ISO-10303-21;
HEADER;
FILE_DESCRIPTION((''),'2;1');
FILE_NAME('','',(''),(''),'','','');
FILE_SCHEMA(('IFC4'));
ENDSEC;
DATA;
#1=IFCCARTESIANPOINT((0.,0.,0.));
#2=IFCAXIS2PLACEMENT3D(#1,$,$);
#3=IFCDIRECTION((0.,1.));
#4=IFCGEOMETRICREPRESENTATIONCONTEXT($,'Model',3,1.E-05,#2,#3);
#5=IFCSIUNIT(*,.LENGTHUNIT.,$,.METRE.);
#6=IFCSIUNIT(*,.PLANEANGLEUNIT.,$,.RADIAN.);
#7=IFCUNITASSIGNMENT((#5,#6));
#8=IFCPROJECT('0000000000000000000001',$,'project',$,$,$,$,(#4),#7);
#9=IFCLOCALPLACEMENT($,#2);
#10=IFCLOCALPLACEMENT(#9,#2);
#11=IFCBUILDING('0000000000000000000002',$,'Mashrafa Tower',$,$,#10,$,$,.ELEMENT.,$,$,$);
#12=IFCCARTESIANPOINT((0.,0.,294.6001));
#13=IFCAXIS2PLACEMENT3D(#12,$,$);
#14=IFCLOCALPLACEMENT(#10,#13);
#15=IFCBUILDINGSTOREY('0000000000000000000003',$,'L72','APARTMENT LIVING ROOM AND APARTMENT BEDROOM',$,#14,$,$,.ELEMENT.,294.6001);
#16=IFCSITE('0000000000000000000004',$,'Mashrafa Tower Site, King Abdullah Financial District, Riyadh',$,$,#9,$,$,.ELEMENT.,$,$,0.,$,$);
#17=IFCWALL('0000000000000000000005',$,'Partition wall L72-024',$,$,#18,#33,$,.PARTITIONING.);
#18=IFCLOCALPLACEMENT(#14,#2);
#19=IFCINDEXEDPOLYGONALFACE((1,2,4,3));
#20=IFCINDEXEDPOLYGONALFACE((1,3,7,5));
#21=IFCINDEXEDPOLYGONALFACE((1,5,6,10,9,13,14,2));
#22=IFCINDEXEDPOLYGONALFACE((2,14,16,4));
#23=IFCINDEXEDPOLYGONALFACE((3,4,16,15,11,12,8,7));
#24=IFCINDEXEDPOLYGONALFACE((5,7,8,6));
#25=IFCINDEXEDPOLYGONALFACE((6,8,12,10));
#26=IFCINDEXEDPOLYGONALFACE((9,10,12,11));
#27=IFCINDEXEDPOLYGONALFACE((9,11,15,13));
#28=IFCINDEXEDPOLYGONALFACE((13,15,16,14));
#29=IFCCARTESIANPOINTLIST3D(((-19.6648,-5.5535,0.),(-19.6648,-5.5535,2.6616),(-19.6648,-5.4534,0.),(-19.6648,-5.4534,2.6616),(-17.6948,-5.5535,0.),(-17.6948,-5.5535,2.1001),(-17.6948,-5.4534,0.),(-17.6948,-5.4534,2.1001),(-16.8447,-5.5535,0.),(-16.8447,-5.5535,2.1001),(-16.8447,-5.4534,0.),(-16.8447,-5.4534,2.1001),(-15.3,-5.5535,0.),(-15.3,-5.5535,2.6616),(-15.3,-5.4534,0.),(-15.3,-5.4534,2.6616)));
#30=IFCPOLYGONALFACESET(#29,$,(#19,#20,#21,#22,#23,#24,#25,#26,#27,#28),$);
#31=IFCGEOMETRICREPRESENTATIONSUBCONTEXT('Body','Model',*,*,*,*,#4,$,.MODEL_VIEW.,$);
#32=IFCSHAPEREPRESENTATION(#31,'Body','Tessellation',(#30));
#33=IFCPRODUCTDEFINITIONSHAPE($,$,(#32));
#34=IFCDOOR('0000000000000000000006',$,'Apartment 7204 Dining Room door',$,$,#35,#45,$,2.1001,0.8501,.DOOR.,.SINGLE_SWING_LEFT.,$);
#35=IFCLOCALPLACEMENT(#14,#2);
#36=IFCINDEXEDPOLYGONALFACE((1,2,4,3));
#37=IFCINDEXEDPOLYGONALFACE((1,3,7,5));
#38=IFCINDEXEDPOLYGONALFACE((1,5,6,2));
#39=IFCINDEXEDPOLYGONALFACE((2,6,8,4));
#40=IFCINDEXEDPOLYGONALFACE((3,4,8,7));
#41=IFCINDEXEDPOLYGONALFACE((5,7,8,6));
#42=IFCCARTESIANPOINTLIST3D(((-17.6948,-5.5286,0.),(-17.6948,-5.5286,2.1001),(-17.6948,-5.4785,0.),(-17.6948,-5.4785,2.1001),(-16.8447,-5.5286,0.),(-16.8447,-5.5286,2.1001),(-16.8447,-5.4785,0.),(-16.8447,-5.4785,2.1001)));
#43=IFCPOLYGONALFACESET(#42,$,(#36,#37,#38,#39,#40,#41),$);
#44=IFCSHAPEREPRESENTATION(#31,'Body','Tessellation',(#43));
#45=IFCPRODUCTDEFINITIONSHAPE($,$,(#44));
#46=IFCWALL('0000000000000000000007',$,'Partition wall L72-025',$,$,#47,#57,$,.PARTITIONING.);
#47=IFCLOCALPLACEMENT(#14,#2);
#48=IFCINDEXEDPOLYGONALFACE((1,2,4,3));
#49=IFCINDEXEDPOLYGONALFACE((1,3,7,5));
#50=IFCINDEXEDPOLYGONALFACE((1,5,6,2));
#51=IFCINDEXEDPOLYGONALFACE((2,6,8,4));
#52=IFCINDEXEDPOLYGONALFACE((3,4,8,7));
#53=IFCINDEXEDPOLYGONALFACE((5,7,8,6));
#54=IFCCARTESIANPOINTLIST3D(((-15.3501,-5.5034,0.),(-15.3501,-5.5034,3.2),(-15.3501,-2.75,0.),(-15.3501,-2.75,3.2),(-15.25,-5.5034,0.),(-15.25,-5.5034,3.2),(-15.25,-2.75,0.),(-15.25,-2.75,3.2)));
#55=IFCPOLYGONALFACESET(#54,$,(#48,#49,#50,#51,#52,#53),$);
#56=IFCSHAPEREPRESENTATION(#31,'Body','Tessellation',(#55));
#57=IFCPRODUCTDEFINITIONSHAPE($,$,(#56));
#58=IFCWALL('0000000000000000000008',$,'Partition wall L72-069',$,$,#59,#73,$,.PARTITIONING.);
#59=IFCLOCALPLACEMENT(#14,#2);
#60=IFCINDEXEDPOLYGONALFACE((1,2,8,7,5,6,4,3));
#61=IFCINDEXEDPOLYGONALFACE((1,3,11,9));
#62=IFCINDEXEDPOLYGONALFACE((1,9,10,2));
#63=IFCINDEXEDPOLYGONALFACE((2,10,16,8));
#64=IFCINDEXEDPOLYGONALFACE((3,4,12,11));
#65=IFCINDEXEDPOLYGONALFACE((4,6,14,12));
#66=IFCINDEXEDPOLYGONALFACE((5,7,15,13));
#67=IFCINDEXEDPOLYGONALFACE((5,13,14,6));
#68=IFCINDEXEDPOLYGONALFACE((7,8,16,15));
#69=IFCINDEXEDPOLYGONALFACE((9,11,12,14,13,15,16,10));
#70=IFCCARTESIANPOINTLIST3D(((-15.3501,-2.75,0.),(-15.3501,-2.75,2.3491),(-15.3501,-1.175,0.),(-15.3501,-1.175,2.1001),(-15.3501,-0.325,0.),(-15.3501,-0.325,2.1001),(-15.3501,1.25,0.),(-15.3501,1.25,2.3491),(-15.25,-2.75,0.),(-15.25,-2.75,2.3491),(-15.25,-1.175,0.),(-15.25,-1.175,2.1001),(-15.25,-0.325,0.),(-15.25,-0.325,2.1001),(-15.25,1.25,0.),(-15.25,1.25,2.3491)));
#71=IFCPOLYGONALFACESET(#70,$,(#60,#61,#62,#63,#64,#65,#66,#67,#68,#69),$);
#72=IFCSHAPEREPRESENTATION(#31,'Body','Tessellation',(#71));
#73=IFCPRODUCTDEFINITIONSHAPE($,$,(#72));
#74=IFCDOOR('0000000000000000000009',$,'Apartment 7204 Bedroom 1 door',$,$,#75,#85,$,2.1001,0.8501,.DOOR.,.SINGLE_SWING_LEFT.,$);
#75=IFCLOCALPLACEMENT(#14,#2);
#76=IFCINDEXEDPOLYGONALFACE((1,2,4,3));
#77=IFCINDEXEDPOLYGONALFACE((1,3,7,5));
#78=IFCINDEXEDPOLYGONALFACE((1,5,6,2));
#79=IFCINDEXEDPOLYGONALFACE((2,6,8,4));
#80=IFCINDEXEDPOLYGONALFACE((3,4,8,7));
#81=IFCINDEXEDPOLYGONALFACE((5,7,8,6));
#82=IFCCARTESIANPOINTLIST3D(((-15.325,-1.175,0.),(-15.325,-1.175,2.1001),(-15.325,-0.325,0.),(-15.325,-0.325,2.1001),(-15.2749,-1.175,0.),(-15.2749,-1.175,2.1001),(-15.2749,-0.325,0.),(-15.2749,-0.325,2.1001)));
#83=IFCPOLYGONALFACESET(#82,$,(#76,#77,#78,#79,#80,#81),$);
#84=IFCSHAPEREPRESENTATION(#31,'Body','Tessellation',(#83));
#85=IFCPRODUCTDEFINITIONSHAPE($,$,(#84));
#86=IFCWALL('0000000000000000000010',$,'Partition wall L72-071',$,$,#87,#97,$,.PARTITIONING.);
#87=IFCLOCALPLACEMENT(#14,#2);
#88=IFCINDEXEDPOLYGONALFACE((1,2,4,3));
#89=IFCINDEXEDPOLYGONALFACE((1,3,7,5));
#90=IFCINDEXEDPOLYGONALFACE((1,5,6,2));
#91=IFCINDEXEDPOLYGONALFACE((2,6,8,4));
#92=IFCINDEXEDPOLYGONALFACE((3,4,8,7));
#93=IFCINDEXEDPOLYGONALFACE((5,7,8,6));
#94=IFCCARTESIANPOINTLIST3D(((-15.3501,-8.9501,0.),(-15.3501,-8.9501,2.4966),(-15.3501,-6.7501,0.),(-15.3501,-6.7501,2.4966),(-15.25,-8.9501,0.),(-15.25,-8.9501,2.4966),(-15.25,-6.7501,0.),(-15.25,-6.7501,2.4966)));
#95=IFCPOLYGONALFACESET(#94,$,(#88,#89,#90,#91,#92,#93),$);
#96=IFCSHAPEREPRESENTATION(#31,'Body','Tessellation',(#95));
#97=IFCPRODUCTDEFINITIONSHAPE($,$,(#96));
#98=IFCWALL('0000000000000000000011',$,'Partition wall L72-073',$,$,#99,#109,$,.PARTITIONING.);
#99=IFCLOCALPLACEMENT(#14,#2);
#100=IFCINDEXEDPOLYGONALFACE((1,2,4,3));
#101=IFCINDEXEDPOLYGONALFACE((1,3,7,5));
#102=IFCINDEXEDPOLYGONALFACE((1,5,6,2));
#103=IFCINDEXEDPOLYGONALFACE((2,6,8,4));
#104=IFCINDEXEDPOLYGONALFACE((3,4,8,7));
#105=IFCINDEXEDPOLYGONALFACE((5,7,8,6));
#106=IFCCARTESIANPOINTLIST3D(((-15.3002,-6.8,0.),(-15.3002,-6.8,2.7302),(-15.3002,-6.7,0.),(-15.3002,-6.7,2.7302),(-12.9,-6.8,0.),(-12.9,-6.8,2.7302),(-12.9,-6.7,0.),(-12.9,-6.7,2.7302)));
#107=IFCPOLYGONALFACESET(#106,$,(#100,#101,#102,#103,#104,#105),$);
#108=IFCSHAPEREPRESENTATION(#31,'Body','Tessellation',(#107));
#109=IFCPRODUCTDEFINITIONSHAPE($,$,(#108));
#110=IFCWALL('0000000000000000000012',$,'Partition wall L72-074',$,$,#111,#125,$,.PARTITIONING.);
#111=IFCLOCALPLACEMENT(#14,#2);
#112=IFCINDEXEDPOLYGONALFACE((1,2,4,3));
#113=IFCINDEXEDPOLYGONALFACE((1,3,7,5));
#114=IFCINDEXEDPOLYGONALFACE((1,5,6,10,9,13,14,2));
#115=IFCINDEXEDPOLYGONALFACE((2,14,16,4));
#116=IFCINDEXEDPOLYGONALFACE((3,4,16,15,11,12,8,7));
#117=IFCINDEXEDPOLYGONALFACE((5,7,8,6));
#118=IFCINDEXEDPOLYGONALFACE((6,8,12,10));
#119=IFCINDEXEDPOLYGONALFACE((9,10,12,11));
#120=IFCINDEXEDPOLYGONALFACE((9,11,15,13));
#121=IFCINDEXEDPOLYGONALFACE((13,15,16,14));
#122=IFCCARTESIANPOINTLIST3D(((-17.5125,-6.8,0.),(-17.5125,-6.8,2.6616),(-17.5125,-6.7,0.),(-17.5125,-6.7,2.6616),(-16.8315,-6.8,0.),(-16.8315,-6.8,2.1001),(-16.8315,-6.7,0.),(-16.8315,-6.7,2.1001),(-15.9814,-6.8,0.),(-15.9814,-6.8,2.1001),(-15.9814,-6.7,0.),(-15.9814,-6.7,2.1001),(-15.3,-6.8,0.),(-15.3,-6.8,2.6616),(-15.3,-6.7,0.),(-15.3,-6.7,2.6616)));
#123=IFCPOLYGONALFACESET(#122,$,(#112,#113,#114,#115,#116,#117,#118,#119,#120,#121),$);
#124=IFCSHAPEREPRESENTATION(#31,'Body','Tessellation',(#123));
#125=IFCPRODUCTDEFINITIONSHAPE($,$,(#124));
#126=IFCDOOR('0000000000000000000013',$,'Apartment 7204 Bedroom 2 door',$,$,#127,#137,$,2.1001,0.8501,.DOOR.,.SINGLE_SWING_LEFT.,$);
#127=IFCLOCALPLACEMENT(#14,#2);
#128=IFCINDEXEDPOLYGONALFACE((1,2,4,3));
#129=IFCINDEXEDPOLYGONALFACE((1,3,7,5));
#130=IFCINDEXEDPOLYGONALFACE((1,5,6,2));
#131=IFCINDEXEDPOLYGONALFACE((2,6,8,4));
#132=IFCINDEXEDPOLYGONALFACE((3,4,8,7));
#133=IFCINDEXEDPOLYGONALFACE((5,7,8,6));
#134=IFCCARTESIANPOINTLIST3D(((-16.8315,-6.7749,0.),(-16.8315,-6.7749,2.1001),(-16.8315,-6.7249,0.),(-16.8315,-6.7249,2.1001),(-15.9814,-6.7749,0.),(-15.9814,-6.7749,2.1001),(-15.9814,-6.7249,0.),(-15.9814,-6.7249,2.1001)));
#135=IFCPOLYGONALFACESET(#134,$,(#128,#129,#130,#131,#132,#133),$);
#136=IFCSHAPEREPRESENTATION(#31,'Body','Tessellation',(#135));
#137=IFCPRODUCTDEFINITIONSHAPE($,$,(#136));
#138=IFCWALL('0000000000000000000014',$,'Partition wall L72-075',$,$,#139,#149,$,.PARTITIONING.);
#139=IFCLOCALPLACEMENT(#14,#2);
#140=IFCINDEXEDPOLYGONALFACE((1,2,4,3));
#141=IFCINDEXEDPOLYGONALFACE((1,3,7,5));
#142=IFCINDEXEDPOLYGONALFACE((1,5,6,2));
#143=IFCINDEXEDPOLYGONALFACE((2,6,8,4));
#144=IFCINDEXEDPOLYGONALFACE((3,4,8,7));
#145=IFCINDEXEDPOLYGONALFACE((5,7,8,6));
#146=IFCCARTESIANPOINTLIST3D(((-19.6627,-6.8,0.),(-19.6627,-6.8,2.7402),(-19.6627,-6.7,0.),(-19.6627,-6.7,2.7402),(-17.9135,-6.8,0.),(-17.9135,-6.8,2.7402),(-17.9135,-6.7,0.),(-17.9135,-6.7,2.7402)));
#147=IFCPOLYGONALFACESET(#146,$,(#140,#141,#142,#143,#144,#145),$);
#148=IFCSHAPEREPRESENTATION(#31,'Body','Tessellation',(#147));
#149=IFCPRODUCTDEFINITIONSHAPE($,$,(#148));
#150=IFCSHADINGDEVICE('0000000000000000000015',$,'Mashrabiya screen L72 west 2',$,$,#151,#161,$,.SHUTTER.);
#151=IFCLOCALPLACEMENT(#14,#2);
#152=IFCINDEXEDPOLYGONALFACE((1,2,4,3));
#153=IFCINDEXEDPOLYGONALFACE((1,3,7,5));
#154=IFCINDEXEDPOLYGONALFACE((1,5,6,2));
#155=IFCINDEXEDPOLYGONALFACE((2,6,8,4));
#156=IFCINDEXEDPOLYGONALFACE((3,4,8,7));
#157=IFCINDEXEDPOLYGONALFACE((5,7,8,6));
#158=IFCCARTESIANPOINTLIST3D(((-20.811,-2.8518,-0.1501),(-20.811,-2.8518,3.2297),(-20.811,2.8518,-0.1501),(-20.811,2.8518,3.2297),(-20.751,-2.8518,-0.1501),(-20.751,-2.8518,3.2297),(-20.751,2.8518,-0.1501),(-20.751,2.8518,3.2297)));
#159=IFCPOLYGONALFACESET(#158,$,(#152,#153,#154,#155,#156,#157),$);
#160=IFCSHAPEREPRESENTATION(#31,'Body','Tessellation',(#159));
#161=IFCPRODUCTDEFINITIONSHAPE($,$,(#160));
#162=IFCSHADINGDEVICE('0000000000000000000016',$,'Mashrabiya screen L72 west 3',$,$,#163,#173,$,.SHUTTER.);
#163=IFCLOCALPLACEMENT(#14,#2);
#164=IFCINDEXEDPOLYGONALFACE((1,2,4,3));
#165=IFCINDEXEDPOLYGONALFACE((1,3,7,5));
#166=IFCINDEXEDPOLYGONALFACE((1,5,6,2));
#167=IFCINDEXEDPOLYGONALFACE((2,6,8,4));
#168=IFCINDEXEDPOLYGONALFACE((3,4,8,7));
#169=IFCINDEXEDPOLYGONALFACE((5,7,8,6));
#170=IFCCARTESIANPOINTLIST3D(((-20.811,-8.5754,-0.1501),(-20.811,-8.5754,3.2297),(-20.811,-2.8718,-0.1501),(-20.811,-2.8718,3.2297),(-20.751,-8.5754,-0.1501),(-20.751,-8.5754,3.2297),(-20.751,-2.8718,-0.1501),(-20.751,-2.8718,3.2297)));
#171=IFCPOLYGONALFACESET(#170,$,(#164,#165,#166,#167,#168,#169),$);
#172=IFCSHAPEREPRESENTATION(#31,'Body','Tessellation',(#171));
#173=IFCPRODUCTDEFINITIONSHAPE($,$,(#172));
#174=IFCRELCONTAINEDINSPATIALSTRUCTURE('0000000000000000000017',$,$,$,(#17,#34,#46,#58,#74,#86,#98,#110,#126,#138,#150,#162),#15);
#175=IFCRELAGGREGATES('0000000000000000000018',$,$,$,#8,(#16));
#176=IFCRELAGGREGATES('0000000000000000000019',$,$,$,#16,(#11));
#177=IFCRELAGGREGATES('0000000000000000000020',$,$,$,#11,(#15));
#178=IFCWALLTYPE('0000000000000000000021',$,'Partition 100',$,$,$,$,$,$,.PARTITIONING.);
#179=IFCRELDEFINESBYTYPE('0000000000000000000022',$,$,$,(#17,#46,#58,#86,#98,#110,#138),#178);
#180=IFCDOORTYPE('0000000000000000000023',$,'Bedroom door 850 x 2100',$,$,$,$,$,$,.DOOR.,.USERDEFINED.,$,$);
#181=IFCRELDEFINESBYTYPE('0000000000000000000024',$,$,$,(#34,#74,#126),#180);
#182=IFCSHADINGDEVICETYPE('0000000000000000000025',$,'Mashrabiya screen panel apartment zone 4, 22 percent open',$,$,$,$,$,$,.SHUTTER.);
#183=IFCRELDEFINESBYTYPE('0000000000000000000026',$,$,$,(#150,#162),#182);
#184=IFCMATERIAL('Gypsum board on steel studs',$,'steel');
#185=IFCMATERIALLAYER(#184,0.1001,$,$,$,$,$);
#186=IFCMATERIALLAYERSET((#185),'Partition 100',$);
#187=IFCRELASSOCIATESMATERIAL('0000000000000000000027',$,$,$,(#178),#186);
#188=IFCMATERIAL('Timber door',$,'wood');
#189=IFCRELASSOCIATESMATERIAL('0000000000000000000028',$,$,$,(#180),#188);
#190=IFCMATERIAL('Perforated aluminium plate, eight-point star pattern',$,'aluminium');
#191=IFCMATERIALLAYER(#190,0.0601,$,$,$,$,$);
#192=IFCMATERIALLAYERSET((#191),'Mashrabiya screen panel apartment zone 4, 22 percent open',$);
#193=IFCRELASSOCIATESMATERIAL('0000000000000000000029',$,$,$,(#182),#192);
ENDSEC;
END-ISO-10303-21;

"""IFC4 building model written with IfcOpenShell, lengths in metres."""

from ifc_helpers import new_model, si_unit, direction, frame, frame_2d, origin, origin_2d, place, context, subcontext, project, spatial, rectangle, extrude, source, transform, mapped, material, layer, layer_set, type_object, type_shapes, element, fill, save


model = new_model("IFC4")

# Units and contexts
model_context = context("Model", 3, precision=1e-05, world=origin(), true_north=direction((0.0, 1.0)))
body_context = subcontext(model_context, "Body", "Model", "MODEL_VIEW")
ifc_project = project(units=[si_unit("LENGTHUNIT", "METRE"), si_unit("PLANEANGLEUNIT", "RADIAN")], contexts=[model_context])

# Site, building, storey
site_placement = place(None, origin())
site = spatial("IfcSite", under=ifc_project, at=site_placement, Name="Mashrafa Tower Site, King Abdullah Financial District, Riyadh", CompositionType="ELEMENT", RefElevation=0.0)
building_placement = place(site_placement, origin())
building = spatial("IfcBuilding", under=site, at=building_placement, Name="Mashrafa Tower", CompositionType="ELEMENT")
storey_placement = place(building_placement, frame((0.0, 0.0, 294.6001)))
storey = spatial("IfcBuildingStorey", under=building, at=storey_placement, Name="L72", Description="APARTMENT LIVING ROOM AND APARTMENT BEDROOM", CompositionType="ELEMENT", Elevation=294.6001)

# Shared definitions
ifc_material_1 = material(Name="Gypsum board on steel studs", Category="steel")
ifc_layer_1 = layer(ifc_material_1, 0.1001)
ifc_layer_set_1 = layer_set([ifc_layer_1], Name="Partition 100")
wall_type_1 = type_object("IfcWallType", Name="Partition 100", PredefinedType="PARTITIONING", material=ifc_layer_set_1)

# Wall, opening, door
wall_1_placement = place(storey_placement, frame((-19.6648, -5.5034, 0.0), z_axis=(0.0, 0.0, 1.0), x_axis=(1.0, 0.0, 0.0)))
wall_1 = element("IfcWall", 1, at=wall_1_placement, inside=storey, type_object=wall_type_1, Name="Partition wall L72-024", PredefinedType="PARTITIONING", context=body_context, shape_type="SweptSolid", body=[
    extrude(rectangle(XDim=4.3647, YDim=0.1001, at=frame_2d((2.1824, 0.0))), origin(), (0.0, 0.0, 1.0), 2.6616),
])
opening_1_placement = place(wall_1_placement, frame((1.97, 0.0, 0.0)))
opening_1 = element("IfcOpeningElement", 2, at=opening_1_placement, cuts=wall_1, PredefinedType="OPENING", context=body_context, shape_type="SweptSolid", body=[
    extrude(rectangle(XDim=0.8501, YDim=2.1001, at=frame_2d((0.425, 1.05))), frame((0.0, 0.0601, 0.0), z_axis=(0.0, -1.0, 0.0), x_axis=(1.0, 0.0, 0.0)), (0.0, 0.0, 1.0), 0.1201),
])
ifc_material_2 = material(Name="Timber door", Category="wood")
door_type = type_object("IfcDoorType", Name="Bedroom door 850 x 2100", OperationType="USERDEFINED", PredefinedType="DOOR", material=ifc_material_2)
door_1_placement = place(opening_1_placement, origin())
door_1 = element("IfcDoor", 3, at=door_1_placement, inside=storey, type_object=door_type, Name="Apartment 7204 Dining Room door", OperationType="SINGLE_SWING_LEFT", OverallHeight=2.1001, OverallWidth=0.8501, PredefinedType="DOOR", context=body_context, shape_type="SweptSolid", body=[
    extrude(rectangle(XDim=0.8501, YDim=2.1001, at=frame_2d((0.425, 1.05))), frame((0.0, 0.0249, 0.0), z_axis=(0.0, -1.0, 0.0), x_axis=(1.0, 0.0, 0.0)), (0.0, 0.0, 1.0), 0.05),
])
fill(opening_1, door_1)

# Wall
wall_2_placement = place(storey_placement, frame((-15.3, -5.5034, 0.0), z_axis=(0.0, 0.0, 1.0), x_axis=(0.0, 1.0, 0.0)))
element("IfcWall", 4, at=wall_2_placement, inside=storey, type_object=wall_type_1, Name="Partition wall L72-025", PredefinedType="PARTITIONING", context=body_context, shape_type="SweptSolid", body=[
    extrude(rectangle(XDim=2.7534, YDim=0.1001, at=frame_2d((1.3767, 0.0))), origin(), (0.0, 0.0, 1.0), 3.2),
])

# Wall, opening, door
wall_3_placement = place(storey_placement, frame((-15.3, -2.75, 0.0), z_axis=(0.0, 0.0, 1.0), x_axis=(0.0, 1.0, 0.0)))
wall_3 = element("IfcWall", 5, at=wall_3_placement, inside=storey, type_object=wall_type_1, Name="Partition wall L72-069", PredefinedType="PARTITIONING", context=body_context, shape_type="SweptSolid", body=[
    extrude(rectangle(XDim=4.0, YDim=0.1001, at=frame_2d((2.0, 0.0))), origin(), (0.0, 0.0, 1.0), 2.3491),
])
opening_2_placement = place(wall_3_placement, frame((1.575, 0.0, 0.0)))
opening_2 = element("IfcOpeningElement", 6, at=opening_2_placement, cuts=wall_3, PredefinedType="OPENING", context=body_context, shape_type="SweptSolid", body=[
    extrude(rectangle(XDim=0.8501, YDim=2.1001, at=frame_2d((0.425, 1.05))), frame((0.0, 0.0601, 0.0), z_axis=(0.0, -1.0, 0.0), x_axis=(1.0, 0.0, 0.0)), (0.0, 0.0, 1.0), 0.1201),
])
door_2_placement = place(opening_2_placement, origin())
door_2 = element("IfcDoor", 7, at=door_2_placement, inside=storey, type_object=door_type, Name="Apartment 7204 Bedroom 1 door", OperationType="SINGLE_SWING_LEFT", OverallHeight=2.1001, OverallWidth=0.8501, PredefinedType="DOOR", context=body_context, shape_type="SweptSolid", body=[
    extrude(rectangle(XDim=0.8501, YDim=2.1001, at=frame_2d((0.425, 1.05))), frame((0.0, 0.0249, 0.0), z_axis=(0.0, -1.0, 0.0), x_axis=(1.0, 0.0, 0.0)), (0.0, 0.0, 1.0), 0.05),
])
fill(opening_2, door_2)

# Walls
wall_4_placement = place(storey_placement, frame((-15.3, -6.75, 0.0), z_axis=(0.0, 0.0, 1.0), x_axis=(0.0, -1.0, 0.0)))
element("IfcWall", 8, at=wall_4_placement, inside=storey, type_object=wall_type_1, Name="Partition wall L72-071", PredefinedType="PARTITIONING", context=body_context, shape_type="SweptSolid", body=[
    extrude(rectangle(XDim=2.2, YDim=0.1001, at=frame_2d((1.1001, 0.0))), origin(), (0.0, 0.0, 1.0), 2.4966),
])
wall_5_placement = place(storey_placement, frame((-12.8999, -6.75, 0.0), z_axis=(0.0, 0.0, 1.0), x_axis=(-1.0, 0.0, 0.0)))
element("IfcWall", 9, at=wall_5_placement, inside=storey, type_object=wall_type_1, Name="Partition wall L72-073", PredefinedType="PARTITIONING", context=body_context, shape_type="SweptSolid", body=[
    extrude(rectangle(XDim=2.4001, YDim=0.1001, at=frame_2d((1.2002, 0.0))), origin(), (0.0, 0.0, 1.0), 2.7302),
])

# Wall, opening, door
wall_6_placement = place(storey_placement, frame((-15.3, -6.75, 0.0), z_axis=(0.0, 0.0, 1.0), x_axis=(-1.0, 0.0, 0.0)))
wall_6 = element("IfcWall", 10, at=wall_6_placement, inside=storey, type_object=wall_type_1, Name="Partition wall L72-074", PredefinedType="PARTITIONING", context=body_context, shape_type="SweptSolid", body=[
    extrude(rectangle(XDim=2.2124, YDim=0.1001, at=frame_2d((1.1062, 0.0))), origin(), (0.0, 0.0, 1.0), 2.6616),
])
opening_3_placement = place(wall_6_placement, frame((0.6814, 0.0, 0.0)))
opening_3 = element("IfcOpeningElement", 11, at=opening_3_placement, cuts=wall_6, PredefinedType="OPENING", context=body_context, shape_type="SweptSolid", body=[
    extrude(rectangle(XDim=0.8501, YDim=2.1001, at=frame_2d((0.425, 1.05))), frame((0.0, 0.0601, 0.0), z_axis=(0.0, -1.0, 0.0), x_axis=(1.0, 0.0, 0.0)), (0.0, 0.0, 1.0), 0.1201),
])
door_3_placement = place(opening_3_placement, origin())
door_3 = element("IfcDoor", 12, at=door_3_placement, inside=storey, type_object=door_type, Name="Apartment 7204 Bedroom 2 door", OperationType="SINGLE_SWING_LEFT", OverallHeight=2.1001, OverallWidth=0.8501, PredefinedType="DOOR", context=body_context, shape_type="SweptSolid", body=[
    extrude(rectangle(XDim=0.8501, YDim=2.1001, at=frame_2d((0.425, 1.05))), frame((0.0, 0.0249, 0.0), z_axis=(0.0, -1.0, 0.0), x_axis=(1.0, 0.0, 0.0)), (0.0, 0.0, 1.0), 0.05),
])
fill(opening_3, door_3)

# Wall
wall_7_placement = place(storey_placement, frame((-17.9136, -6.75, 0.0), z_axis=(0.0, 0.0, 1.0), x_axis=(-1.0, 0.0, 0.0)))
element("IfcWall", 13, at=wall_7_placement, inside=storey, type_object=wall_type_1, Name="Partition wall L72-075", PredefinedType="PARTITIONING", context=body_context, shape_type="SweptSolid", body=[
    extrude(rectangle(XDim=1.7493, YDim=0.1001, at=frame_2d((0.8745, 0.0))), origin(), (0.0, 0.0, 1.0), 2.7402),
])

# Shading devices
ifc_material_3 = material(Name="Perforated aluminium plate, eight-point star pattern", Category="aluminium")
ifc_layer_2 = layer(ifc_material_3, 0.0601)
ifc_layer_set_2 = layer_set([ifc_layer_2], Name="Mashrabiya screen panel apartment zone 4, 22 percent open")
shading_device_type = type_object("IfcShadingDeviceType", Name="Mashrabiya screen panel apartment zone 4, 22 percent open", PredefinedType="SHUTTER", material=ifc_layer_set_2)
shared_shape_1 = source(origin(), body_context, "Body", "SweptSolid", [
    extrude(rectangle(XDim=5.7036, YDim=0.0601, at=origin_2d()), origin(), (0.0, 0.0, 1.0), 3.3799),
])
type_shapes(shading_device_type, [shared_shape_1])
for number, where, z_axis, x_axis, name in (
    (14, (-20.781, 0.0, -0.1501), (0.0, 0.0, 1.0), (0.0, -1.0, 0.0), "Mashrabiya screen L72 west 2"),
    (15, (-20.781, -5.7236, -0.1501), (0.0, 0.0, 1.0), (0.0, -1.0, 0.0), "Mashrabiya screen L72 west 3"),
):
    element("IfcShadingDevice", number, at=place(storey_placement, frame(where, z_axis=z_axis, x_axis=x_axis)), inside=storey, type_object=shading_device_type, Name=name, PredefinedType="SHUTTER", context=body_context, shape_type="MappedRepresentation", body=[
        mapped(shared_shape_1, transform((0.0, 0.0, 0.0))),
    ])

save(model, "model.ifc")
